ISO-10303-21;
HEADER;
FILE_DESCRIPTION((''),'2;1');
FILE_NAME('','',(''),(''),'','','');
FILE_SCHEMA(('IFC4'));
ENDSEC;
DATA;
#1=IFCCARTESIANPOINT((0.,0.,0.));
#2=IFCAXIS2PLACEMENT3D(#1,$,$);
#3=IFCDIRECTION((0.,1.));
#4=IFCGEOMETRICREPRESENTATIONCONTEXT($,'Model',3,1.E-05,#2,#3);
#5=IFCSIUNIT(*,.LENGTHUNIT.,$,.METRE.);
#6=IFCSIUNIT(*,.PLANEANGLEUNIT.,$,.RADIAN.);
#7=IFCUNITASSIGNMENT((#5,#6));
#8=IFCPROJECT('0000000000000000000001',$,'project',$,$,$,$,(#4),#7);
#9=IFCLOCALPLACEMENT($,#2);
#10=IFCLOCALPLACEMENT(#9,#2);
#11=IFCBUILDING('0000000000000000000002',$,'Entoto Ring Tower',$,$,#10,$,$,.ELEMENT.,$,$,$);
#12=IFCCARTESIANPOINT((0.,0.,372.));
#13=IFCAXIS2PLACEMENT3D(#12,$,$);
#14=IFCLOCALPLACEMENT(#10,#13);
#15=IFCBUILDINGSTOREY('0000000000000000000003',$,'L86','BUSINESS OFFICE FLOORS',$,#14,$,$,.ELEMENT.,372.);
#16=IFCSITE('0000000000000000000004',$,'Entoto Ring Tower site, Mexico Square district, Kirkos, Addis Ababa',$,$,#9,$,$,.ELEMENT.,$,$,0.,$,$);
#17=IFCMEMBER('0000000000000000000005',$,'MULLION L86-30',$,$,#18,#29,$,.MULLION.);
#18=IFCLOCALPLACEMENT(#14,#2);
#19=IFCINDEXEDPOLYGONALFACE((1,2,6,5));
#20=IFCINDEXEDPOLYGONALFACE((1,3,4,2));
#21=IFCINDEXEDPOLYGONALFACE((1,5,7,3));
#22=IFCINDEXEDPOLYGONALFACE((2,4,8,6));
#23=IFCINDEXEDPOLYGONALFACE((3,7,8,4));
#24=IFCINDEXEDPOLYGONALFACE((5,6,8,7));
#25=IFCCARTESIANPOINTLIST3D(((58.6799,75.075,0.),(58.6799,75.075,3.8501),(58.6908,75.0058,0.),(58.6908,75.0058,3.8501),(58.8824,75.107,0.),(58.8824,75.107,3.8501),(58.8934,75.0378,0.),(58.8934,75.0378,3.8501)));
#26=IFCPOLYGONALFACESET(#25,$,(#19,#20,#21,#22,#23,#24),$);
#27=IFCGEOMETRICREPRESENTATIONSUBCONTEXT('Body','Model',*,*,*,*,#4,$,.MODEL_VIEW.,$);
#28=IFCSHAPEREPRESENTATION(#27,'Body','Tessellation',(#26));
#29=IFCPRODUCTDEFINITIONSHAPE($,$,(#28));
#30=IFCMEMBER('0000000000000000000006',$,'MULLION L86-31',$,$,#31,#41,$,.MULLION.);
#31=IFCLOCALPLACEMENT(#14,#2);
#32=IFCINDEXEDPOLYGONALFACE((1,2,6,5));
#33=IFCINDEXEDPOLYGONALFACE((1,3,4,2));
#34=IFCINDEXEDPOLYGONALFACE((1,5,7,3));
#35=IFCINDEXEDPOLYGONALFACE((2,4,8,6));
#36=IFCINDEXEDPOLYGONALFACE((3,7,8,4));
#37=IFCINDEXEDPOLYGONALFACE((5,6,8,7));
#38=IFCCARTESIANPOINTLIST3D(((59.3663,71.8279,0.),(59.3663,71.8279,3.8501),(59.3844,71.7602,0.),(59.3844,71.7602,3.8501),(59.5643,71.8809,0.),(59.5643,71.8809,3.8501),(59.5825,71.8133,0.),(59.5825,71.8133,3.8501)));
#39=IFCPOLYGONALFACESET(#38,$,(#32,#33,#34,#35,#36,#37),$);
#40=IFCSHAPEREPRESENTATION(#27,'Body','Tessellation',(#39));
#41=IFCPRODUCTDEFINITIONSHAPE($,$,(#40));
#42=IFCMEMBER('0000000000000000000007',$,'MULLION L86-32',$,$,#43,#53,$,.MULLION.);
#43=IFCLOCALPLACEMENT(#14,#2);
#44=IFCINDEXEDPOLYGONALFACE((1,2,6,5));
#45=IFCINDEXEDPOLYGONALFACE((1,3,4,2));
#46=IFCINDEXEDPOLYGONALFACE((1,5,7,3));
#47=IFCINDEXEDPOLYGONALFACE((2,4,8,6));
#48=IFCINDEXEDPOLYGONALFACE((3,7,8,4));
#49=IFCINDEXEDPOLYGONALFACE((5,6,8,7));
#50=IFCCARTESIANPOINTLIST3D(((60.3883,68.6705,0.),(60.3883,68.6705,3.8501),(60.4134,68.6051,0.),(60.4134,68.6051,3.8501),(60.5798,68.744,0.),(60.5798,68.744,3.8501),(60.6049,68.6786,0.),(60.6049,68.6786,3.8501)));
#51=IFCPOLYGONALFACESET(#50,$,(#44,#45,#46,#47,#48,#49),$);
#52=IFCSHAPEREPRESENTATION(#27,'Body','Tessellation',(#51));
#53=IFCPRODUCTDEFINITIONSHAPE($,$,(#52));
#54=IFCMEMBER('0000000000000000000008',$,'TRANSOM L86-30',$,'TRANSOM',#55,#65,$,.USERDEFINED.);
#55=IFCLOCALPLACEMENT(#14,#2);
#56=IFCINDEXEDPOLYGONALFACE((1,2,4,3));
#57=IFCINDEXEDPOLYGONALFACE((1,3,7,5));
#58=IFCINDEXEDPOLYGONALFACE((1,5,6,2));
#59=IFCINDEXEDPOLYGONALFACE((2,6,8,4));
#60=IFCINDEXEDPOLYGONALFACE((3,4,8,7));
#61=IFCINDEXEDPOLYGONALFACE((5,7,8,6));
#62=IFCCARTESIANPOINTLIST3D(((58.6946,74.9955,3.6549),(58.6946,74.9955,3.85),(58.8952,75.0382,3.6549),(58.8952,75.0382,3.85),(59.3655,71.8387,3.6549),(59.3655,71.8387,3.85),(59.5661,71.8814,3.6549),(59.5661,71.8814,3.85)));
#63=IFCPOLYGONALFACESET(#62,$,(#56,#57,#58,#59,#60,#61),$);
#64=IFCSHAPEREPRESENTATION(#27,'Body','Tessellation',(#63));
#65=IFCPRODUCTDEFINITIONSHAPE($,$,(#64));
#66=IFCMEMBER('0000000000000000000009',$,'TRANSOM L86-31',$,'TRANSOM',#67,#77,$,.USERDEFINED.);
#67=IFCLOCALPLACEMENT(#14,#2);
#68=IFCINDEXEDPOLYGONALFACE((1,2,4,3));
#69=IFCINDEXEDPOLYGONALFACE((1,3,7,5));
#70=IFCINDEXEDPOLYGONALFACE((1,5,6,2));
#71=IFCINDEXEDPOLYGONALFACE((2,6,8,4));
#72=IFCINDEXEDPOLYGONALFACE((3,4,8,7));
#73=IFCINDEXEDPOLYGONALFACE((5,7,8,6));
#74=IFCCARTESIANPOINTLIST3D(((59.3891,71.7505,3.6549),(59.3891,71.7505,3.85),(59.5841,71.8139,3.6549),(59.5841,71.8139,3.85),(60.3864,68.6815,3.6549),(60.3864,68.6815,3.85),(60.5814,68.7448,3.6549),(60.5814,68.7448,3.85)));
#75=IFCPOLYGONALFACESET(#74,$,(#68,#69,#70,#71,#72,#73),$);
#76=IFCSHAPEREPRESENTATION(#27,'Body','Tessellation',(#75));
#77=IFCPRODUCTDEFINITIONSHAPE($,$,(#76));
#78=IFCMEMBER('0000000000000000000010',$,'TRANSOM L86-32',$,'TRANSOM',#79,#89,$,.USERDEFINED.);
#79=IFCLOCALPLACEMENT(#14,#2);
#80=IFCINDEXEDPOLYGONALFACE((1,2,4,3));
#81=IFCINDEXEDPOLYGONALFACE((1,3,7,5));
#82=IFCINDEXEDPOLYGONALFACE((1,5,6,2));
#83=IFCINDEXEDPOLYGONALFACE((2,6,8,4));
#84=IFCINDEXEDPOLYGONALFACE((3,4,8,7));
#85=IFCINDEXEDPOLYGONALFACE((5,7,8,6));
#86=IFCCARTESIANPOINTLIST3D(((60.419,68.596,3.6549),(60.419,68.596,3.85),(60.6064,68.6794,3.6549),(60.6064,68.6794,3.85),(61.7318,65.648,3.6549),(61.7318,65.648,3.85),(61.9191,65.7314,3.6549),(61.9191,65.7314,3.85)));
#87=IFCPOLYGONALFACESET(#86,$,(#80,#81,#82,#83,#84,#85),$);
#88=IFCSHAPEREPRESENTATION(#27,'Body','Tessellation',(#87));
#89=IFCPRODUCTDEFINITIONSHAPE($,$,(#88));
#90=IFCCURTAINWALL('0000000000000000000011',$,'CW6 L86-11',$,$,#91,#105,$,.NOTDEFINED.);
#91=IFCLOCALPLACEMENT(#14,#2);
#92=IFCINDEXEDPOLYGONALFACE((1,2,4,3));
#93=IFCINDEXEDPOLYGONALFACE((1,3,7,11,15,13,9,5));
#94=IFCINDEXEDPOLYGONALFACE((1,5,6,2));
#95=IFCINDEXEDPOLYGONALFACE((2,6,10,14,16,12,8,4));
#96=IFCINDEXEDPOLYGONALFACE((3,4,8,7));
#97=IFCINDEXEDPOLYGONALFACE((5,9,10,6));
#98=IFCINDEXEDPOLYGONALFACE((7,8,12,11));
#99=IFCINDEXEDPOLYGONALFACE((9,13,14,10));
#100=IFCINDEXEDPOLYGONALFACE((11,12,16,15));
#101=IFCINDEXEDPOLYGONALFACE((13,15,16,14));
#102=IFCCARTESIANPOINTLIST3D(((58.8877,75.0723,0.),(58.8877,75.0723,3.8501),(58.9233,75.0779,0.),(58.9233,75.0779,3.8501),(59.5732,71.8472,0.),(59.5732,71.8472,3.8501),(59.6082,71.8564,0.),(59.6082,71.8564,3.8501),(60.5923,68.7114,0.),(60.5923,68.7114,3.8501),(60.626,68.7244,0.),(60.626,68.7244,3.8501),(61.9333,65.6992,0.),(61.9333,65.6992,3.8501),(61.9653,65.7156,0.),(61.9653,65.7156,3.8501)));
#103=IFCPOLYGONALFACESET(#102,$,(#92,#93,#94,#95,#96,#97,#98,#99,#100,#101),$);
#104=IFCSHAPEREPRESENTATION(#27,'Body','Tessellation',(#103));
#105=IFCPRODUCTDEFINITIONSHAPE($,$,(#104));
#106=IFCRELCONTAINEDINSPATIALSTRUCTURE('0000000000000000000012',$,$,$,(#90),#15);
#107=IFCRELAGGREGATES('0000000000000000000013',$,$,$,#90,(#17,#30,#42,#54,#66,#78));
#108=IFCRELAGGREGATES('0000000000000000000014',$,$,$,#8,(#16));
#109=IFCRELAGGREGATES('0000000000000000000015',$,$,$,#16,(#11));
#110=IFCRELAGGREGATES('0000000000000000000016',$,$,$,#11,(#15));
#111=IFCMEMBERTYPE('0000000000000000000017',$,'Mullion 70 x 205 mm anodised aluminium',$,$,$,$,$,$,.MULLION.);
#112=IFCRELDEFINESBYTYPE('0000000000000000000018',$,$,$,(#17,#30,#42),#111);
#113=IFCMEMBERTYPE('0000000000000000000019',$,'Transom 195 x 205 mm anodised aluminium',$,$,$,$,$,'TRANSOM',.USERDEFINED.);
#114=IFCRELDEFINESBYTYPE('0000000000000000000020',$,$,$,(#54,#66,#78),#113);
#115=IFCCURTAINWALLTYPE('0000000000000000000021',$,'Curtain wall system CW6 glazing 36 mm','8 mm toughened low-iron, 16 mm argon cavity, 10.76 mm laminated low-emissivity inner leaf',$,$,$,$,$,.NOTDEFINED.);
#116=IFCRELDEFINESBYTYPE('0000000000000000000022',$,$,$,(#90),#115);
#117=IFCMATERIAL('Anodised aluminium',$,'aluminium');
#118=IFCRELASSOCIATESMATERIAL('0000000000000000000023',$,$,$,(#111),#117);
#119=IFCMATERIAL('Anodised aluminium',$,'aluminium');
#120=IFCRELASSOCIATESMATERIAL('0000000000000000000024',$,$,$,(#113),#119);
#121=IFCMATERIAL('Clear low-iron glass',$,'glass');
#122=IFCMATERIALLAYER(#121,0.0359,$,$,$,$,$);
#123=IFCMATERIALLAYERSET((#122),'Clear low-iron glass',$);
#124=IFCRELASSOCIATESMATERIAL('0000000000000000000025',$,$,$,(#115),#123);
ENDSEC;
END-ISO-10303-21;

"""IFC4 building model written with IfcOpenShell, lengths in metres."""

from ifc_helpers import new_model, si_unit, direction, frame, origin, origin_2d, place, context, subcontext, project, spatial, polyline, rectangle, outline, extrude, material, layer, layer_set, material_profile, profile_set, type_object, element, aggregate, save


model = new_model("IFC4")

# Units and contexts
model_context = context("Model", 3, precision=1e-05, world=origin(), true_north=direction((0.0, 1.0)))
body_context = subcontext(model_context, "Body", "Model", "MODEL_VIEW")
ifc_project = project(units=[si_unit("LENGTHUNIT", "METRE"), si_unit("PLANEANGLEUNIT", "RADIAN")], contexts=[model_context])

# Members
ifc_material_1 = material(Name="Anodised aluminium", Category="aluminium")
ifc_material_profile_1 = material_profile(ifc_material_1, rectangle(XDim=0.0701, YDim=0.2051, at=origin_2d()), Name="Mullion 70 x 205 mm anodised aluminium")
ifc_profile_set_1 = profile_set([ifc_material_profile_1], Name="Anodised aluminium")
member_type_1 = type_object("IfcMemberType", Name="Mullion 70 x 205 mm anodised aluminium", PredefinedType="MULLION", material=ifc_profile_set_1)
site_placement = place(None, origin())
building_placement = place(site_placement, origin())
storey_placement = place(building_placement, frame((0.0, 0.0, 372.0)))
member_1_placement = place(storey_placement, frame((58.7866, 75.0564, 0.0), z_axis=(0.0, 0.0, 1.0), x_axis=(0.156434, -0.987688, 0.0)))
member_1 = element("IfcMember", 1, at=member_1_placement, type_object=member_type_1, Name="MULLION L86-30", PredefinedType="MULLION", context=body_context, shape_type="SweptSolid", body=[
    extrude(rectangle(XDim=0.0701, YDim=0.2051, at=origin_2d()), origin(), (0.0, 0.0, 1.0), 3.8501),
])
member_2_placement = place(storey_placement, frame((59.4744, 71.8206, 0.0), z_axis=(0.0, 0.0, 1.0), x_axis=(0.258819, -0.965926, 0.0)))
member_2 = element("IfcMember", 2, at=member_2_placement, type_object=member_type_1, Name="MULLION L86-31", PredefinedType="MULLION", context=body_context, shape_type="SweptSolid", body=[
    extrude(rectangle(XDim=0.0701, YDim=0.2051, at=origin_2d()), origin(), (0.0, 0.0, 1.0), 3.8501),
])
member_3_placement = place(storey_placement, frame((60.4966, 68.6746, 0.0), z_axis=(0.0, 0.0, 1.0), x_axis=(0.358368, -0.93358, 0.0)))
member_3 = element("IfcMember", 3, at=member_3_placement, type_object=member_type_1, Name="MULLION L86-32", PredefinedType="MULLION", context=body_context, shape_type="SweptSolid", body=[
    extrude(rectangle(XDim=0.0701, YDim=0.2051, at=origin_2d()), origin(), (0.0, 0.0, 1.0), 3.8501),
])
ifc_material_2 = material(Name="Anodised aluminium", Category="aluminium")
ifc_material_profile_2 = material_profile(ifc_material_2, rectangle(XDim=0.2051, YDim=0.1951, at=origin_2d()), Name="Transom 195 x 205 mm anodised aluminium")
ifc_profile_set_2 = profile_set([ifc_material_profile_2], Name="Anodised aluminium")
member_type_2 = type_object("IfcMemberType", Name="Transom 195 x 205 mm anodised aluminium", ElementType="TRANSOM", PredefinedType="USERDEFINED", material=ifc_profile_set_2)
member_4_placement = place(storey_placement, frame((58.7949, 75.0168, 3.7524), z_axis=(0.207886, -0.978153, 0.0), x_axis=(0.978153, 0.207886, 0.0)))
member_4 = element("IfcMember", 4, at=member_4_placement, type_object=member_type_2, Name="TRANSOM L86-30", ObjectType="TRANSOM", PredefinedType="USERDEFINED", context=body_context, shape_type="SweptSolid", body=[
    extrude(rectangle(XDim=0.2051, YDim=0.1951, at=origin_2d()), origin(), (0.0, 0.0, 1.0), 3.2273),
])
member_5_placement = place(storey_placement, frame((59.4866, 71.7822, 3.7524), z_axis=(0.309047, -0.951047, 0.0), x_axis=(0.951047, 0.309047, 0.0)))
member_5 = element("IfcMember", 5, at=member_5_placement, type_object=member_type_2, Name="TRANSOM L86-31", ObjectType="TRANSOM", PredefinedType="USERDEFINED", context=body_context, shape_type="SweptSolid", body=[
    extrude(rectangle(XDim=0.2051, YDim=0.1951, at=origin_2d()), origin(), (0.0, 0.0, 1.0), 3.2271),
])
member_6_placement = place(storey_placement, frame((60.5127, 68.6377, 3.7524), z_axis=(0.406791, -0.913521, 0.0), x_axis=(0.913521, 0.406791, 0.0)))
member_6 = element("IfcMember", 6, at=member_6_placement, type_object=member_type_2, Name="TRANSOM L86-32", ObjectType="TRANSOM", PredefinedType="USERDEFINED", context=body_context, shape_type="SweptSolid", body=[
    extrude(rectangle(XDim=0.2051, YDim=0.1951, at=origin_2d()), origin(), (0.0, 0.0, 1.0), 3.2271),
])

# Site, building, storey
site = spatial("IfcSite", under=ifc_project, at=site_placement, Name="Entoto Ring Tower site, Mexico Square district, Kirkos, Addis Ababa", CompositionType="ELEMENT", RefElevation=0.0)
building = spatial("IfcBuilding", under=site, at=building_placement, Name="Entoto Ring Tower", CompositionType="ELEMENT")
storey = spatial("IfcBuildingStorey", under=building, at=storey_placement, Name="L86", Description="BUSINESS OFFICE FLOORS", CompositionType="ELEMENT", Elevation=372.0)

# Curtain wall
ifc_material_3 = material(Name="Clear low-iron glass", Category="glass")
ifc_layer = layer(ifc_material_3, 0.0359)
ifc_layer_set = layer_set([ifc_layer], Name="Clear low-iron glass")
curtain_wall_type = type_object("IfcCurtainWallType", Name="Curtain wall system CW6 glazing 36 mm", Description="8 mm toughened low-iron, 16 mm argon cavity, 10.76 mm laminated low-emissivity inner leaf", PredefinedType="NOTDEFINED", material=ifc_layer_set)
curtain_wall_1_placement = place(storey_placement, origin())
curtain_wall_1 = element("IfcCurtainWall", 7, at=curtain_wall_1_placement, inside=storey, type_object=curtain_wall_type, Name="CW6 L86-11", PredefinedType="NOTDEFINED", context=body_context, shape_type="SweptSolid", body=[
    extrude(outline(polyline([(58.8877, 75.0723), (59.5732, 71.8472), (60.5923, 68.7114), (61.9333, 65.6992), (61.9653, 65.7156), (60.626, 68.7244), (59.6082, 71.8564), (58.9233, 75.0779), (58.8877, 75.0723)])), origin(), (0.0, 0.0, 1.0), 3.8501),
])
aggregate(curtain_wall_1, [member_1, member_2, member_3, member_4, member_5, member_6])

save(model, "model.ifc")
